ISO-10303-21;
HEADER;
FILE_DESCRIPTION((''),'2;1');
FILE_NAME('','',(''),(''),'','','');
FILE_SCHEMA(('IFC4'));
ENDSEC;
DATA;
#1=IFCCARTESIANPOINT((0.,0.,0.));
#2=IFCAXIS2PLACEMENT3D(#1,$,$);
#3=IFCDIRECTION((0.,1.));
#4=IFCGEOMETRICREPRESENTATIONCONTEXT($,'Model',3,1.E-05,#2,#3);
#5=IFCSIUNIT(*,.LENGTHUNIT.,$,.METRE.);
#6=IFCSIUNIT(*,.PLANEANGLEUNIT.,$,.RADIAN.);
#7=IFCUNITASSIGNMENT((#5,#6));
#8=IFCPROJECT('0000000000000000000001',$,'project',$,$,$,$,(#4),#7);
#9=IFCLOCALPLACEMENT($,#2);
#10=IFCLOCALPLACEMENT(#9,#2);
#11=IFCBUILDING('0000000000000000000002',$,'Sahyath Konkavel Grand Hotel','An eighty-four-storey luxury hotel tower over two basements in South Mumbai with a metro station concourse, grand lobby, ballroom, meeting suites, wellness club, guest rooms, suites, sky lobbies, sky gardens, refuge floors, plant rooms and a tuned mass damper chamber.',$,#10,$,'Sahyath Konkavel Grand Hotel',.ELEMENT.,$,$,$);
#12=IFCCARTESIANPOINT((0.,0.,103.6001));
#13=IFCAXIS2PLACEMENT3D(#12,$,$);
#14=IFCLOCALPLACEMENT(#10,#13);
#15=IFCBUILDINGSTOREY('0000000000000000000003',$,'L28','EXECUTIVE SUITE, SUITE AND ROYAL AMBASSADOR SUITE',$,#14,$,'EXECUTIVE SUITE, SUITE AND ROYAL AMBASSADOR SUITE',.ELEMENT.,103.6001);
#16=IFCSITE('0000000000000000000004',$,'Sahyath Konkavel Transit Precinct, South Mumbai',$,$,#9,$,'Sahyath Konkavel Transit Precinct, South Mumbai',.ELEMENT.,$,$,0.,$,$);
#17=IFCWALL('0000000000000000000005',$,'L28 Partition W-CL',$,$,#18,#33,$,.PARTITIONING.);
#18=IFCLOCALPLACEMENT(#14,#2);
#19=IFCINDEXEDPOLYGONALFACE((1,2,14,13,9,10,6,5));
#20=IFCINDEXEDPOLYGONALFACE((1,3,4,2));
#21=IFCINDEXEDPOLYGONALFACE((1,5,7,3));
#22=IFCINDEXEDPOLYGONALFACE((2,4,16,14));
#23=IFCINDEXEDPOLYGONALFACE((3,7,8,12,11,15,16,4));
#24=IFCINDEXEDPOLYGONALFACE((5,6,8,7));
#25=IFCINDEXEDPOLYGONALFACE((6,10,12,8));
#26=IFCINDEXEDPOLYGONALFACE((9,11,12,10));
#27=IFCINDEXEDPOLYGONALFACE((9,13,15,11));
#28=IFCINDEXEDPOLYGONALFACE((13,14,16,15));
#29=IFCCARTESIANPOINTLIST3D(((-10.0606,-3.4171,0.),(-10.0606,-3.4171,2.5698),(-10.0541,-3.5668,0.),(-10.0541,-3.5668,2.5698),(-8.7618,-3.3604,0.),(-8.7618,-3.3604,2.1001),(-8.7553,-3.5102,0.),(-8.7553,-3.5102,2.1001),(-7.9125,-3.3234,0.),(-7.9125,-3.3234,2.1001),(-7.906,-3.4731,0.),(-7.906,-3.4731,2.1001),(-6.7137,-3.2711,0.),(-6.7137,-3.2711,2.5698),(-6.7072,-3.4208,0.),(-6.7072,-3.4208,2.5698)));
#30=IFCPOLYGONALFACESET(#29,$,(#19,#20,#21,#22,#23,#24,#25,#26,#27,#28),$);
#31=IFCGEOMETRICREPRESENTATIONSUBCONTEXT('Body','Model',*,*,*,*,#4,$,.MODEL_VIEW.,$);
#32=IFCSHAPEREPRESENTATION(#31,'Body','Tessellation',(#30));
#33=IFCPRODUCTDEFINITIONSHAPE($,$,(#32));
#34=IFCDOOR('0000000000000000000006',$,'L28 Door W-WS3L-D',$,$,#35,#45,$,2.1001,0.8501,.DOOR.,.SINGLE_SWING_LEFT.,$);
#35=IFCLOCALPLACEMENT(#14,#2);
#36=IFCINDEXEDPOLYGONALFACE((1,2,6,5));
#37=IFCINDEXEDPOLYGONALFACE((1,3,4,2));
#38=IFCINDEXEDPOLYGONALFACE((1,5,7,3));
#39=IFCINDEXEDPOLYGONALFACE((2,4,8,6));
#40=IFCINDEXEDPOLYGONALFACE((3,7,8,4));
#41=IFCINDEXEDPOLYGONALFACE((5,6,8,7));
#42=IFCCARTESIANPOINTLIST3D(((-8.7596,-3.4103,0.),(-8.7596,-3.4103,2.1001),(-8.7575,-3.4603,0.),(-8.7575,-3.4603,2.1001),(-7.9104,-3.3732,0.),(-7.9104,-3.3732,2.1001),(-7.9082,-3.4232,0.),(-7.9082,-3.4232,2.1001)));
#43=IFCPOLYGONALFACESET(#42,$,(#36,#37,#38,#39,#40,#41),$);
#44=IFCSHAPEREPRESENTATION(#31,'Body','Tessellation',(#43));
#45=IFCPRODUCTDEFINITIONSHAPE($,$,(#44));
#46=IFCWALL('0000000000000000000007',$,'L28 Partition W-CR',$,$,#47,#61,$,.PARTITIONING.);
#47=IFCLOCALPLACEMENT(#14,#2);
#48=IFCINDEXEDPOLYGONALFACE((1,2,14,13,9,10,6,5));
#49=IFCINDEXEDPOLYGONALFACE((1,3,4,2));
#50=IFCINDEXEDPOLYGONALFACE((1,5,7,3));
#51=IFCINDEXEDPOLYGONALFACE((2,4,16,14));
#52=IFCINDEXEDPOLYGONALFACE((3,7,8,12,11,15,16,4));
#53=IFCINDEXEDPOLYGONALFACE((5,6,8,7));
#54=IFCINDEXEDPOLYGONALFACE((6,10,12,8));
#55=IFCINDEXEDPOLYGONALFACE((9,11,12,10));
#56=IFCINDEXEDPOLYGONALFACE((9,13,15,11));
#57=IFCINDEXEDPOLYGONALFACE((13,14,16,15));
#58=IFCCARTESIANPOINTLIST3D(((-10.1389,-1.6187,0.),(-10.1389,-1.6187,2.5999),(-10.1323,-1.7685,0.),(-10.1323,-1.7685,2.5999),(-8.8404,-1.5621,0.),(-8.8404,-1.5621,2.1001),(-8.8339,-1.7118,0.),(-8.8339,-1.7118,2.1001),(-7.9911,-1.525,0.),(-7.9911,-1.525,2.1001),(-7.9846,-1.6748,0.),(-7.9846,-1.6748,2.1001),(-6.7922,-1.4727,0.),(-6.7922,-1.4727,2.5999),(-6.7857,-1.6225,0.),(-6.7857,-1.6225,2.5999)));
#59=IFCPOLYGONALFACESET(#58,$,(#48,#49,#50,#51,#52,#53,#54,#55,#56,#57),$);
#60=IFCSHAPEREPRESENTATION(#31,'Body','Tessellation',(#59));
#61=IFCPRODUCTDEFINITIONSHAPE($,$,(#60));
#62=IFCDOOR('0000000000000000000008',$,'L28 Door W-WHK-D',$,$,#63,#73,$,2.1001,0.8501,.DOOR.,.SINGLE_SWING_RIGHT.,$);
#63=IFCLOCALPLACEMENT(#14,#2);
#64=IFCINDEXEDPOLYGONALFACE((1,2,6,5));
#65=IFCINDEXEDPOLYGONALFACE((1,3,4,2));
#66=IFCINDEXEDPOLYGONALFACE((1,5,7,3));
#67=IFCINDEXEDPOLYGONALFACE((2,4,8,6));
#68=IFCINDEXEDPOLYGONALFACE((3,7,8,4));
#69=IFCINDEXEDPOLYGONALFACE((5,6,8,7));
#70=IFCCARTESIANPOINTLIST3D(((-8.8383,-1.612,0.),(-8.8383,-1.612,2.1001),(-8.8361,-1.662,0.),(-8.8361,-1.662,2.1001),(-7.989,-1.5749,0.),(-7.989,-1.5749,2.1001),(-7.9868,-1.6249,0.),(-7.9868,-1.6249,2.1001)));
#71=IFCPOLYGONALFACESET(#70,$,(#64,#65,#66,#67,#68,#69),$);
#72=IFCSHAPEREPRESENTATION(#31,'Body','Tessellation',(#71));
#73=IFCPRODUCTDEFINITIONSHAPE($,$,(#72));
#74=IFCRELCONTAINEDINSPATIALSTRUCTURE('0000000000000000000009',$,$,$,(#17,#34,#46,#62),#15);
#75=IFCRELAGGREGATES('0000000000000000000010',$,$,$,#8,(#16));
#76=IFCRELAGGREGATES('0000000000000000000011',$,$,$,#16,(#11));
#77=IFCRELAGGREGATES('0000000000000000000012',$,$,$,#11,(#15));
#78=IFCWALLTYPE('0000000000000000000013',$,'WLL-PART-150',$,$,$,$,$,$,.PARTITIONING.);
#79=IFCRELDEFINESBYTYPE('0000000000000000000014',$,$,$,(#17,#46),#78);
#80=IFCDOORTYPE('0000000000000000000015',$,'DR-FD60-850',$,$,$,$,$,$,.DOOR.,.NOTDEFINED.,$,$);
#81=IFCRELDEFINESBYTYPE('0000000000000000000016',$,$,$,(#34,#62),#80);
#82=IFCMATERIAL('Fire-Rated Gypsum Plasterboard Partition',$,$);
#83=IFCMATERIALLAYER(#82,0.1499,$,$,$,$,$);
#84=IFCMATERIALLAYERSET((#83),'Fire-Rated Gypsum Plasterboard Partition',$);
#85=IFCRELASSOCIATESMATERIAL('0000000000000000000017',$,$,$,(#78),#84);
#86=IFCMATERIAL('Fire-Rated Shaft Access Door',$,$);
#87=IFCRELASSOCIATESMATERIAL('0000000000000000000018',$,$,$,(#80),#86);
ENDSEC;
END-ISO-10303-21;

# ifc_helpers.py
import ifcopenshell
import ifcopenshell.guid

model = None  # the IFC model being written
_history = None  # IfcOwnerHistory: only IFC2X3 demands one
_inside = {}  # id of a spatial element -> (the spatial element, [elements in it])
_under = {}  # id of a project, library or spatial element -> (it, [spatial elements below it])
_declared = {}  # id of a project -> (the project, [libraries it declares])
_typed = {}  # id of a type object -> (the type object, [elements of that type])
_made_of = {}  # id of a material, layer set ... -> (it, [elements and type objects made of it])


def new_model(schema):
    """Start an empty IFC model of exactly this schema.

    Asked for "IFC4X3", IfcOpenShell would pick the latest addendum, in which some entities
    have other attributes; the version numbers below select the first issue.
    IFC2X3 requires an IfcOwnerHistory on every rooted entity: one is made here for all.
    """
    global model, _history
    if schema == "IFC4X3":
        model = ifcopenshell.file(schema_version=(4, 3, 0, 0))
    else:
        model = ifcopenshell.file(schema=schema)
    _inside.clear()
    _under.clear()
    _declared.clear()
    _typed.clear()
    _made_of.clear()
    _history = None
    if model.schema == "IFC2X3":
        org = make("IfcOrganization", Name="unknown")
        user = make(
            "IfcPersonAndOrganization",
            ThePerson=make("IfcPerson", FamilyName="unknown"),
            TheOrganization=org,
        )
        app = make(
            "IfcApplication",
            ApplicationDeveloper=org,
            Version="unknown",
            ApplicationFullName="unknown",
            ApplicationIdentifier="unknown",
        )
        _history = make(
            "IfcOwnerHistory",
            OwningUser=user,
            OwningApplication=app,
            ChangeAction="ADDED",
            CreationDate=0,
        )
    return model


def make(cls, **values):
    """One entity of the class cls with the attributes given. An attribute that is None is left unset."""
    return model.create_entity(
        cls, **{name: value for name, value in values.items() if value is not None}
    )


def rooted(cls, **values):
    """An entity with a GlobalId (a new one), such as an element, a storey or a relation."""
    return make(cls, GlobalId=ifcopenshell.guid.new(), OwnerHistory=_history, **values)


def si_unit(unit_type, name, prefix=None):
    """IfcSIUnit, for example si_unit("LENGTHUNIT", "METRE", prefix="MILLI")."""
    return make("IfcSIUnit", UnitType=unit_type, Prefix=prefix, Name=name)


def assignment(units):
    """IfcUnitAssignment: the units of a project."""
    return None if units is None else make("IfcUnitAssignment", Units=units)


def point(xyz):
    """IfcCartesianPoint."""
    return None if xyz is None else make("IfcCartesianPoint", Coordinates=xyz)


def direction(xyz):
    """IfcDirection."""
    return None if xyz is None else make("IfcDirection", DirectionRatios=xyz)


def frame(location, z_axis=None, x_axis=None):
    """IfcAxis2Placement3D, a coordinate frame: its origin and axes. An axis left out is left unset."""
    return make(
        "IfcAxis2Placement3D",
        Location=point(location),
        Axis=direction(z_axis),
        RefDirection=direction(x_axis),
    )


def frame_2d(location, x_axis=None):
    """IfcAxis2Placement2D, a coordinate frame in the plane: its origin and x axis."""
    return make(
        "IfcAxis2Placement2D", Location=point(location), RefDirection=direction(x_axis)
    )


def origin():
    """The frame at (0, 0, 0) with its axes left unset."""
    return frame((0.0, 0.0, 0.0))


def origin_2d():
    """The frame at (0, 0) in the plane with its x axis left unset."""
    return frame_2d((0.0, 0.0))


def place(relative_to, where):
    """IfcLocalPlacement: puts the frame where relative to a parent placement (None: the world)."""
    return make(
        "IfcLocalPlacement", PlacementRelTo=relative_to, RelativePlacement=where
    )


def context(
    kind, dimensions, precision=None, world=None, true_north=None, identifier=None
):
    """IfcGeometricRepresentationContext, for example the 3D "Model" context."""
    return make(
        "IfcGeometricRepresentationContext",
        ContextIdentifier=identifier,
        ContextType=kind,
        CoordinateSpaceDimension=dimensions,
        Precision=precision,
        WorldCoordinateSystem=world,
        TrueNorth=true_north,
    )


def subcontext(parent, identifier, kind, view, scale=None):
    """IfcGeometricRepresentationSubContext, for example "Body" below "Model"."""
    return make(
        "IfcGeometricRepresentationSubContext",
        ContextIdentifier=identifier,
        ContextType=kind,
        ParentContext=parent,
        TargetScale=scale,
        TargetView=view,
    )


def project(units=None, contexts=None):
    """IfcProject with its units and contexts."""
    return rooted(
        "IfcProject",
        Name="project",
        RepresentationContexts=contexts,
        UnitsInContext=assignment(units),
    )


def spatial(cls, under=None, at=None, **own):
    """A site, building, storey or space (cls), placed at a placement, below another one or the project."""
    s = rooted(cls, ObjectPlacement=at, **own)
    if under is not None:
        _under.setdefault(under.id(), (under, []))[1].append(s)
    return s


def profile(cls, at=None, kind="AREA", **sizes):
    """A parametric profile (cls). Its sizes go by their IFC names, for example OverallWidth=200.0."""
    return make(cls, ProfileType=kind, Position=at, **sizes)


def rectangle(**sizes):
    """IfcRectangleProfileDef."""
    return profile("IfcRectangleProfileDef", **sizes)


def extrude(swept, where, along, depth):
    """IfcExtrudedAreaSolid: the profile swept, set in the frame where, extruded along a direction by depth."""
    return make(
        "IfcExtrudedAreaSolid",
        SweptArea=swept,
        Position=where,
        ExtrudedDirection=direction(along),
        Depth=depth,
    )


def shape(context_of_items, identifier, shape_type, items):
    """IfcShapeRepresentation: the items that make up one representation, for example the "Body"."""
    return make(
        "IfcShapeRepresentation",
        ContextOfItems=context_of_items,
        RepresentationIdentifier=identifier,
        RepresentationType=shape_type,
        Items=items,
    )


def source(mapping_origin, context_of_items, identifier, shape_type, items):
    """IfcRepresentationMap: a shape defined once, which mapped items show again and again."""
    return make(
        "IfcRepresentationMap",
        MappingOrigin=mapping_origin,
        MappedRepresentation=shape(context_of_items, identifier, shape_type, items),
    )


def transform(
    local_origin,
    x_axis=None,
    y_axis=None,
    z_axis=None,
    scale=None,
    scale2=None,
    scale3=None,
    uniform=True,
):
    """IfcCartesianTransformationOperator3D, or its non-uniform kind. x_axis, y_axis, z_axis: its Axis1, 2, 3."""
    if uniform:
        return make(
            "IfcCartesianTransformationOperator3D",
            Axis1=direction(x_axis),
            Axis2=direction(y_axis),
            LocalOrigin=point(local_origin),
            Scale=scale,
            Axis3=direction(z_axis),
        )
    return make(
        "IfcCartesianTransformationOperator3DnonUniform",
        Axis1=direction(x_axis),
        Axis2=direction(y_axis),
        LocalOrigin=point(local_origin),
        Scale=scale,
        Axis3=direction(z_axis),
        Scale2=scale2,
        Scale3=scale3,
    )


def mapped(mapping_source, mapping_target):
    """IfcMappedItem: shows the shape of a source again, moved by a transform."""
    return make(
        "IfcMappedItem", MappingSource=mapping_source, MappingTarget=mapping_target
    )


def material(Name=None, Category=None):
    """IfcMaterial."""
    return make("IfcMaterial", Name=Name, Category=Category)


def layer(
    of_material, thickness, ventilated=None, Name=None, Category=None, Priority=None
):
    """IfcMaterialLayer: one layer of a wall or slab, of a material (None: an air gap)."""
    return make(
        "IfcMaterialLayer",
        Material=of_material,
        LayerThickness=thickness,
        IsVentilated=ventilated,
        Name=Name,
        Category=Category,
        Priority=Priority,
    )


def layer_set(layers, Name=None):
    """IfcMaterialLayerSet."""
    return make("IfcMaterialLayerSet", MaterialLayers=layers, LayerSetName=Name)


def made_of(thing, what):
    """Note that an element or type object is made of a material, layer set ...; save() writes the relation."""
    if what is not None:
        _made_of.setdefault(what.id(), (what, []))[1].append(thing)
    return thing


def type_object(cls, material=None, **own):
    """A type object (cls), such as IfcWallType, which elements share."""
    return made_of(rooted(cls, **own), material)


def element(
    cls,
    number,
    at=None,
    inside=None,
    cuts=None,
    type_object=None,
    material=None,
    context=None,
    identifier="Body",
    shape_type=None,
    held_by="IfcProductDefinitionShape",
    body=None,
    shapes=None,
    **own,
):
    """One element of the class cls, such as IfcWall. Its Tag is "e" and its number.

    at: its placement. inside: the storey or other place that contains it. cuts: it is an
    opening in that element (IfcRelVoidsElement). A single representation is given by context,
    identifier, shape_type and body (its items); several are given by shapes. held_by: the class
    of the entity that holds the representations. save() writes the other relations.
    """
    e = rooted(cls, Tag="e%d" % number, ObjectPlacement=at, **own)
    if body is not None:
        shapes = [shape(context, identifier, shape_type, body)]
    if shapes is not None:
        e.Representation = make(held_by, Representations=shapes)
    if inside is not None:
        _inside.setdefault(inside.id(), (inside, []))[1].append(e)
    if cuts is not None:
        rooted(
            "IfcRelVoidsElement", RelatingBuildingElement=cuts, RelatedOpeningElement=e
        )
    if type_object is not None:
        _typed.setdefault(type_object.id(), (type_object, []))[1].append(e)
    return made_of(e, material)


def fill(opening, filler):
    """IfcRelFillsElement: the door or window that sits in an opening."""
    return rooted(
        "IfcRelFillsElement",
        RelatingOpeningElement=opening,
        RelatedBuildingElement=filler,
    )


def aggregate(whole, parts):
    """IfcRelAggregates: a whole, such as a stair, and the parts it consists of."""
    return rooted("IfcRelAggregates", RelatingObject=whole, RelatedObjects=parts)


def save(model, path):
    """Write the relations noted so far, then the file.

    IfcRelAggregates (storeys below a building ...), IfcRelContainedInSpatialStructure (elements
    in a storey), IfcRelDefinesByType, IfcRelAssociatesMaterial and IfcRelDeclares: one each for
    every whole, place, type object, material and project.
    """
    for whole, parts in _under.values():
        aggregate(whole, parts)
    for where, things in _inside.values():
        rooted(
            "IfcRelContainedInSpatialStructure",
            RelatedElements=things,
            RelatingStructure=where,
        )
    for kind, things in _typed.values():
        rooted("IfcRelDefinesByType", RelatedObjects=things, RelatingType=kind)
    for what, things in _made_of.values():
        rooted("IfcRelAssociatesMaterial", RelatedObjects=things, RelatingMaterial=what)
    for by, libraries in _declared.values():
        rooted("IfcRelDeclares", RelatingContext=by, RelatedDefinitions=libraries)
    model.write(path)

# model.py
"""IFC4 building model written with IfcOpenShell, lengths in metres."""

from ifc_helpers import new_model, si_unit, direction, frame, frame_2d, origin, origin_2d, place, context, subcontext, project, spatial, rectangle, extrude, source, transform, mapped, material, layer, layer_set, type_object, element, fill, save


model = new_model("IFC4")

# Units and contexts
model_context = context("Model", 3, precision=1e-05, world=origin(), true_north=direction((0.0, 1.0)))
body_context = subcontext(model_context, "Body", "Model", "MODEL_VIEW")
ifc_project = project(units=[si_unit("LENGTHUNIT", "METRE"), si_unit("PLANEANGLEUNIT", "RADIAN")], contexts=[model_context])

# Site, building, storey
site_placement = place(None, origin())
site = spatial("IfcSite", under=ifc_project, at=site_placement, Name="Sahyath Konkavel Transit Precinct, South Mumbai", LongName="Sahyath Konkavel Transit Precinct, South Mumbai", CompositionType="ELEMENT", RefElevation=0.0)
building_placement = place(site_placement, origin())
building = spatial("IfcBuilding", under=site, at=building_placement, Name="Sahyath Konkavel Grand Hotel", Description="An eighty-four-storey luxury hotel tower over two basements in South Mumbai with a metro station concourse, grand lobby, ballroom, meeting suites, wellness club, guest rooms, suites, sky lobbies, sky gardens, refuge floors, plant rooms and a tuned mass damper chamber.", LongName="Sahyath Konkavel Grand Hotel", CompositionType="ELEMENT")
storey_placement = place(building_placement, frame((0.0, 0.0, 103.6001)))
storey = spatial("IfcBuildingStorey", under=building, at=storey_placement, Name="L28", Description="EXECUTIVE SUITE, SUITE AND ROYAL AMBASSADOR SUITE", LongName="EXECUTIVE SUITE, SUITE AND ROYAL AMBASSADOR SUITE", CompositionType="ELEMENT", Elevation=103.6001)

# Shared definitions
ifc_material_1 = material(Name="Fire-Rated Gypsum Plasterboard Partition")
ifc_layer_1 = layer(ifc_material_1, 0.1499)
ifc_layer_set_1 = layer_set([ifc_layer_1], Name="Fire-Rated Gypsum Plasterboard Partition")
wall_type_1 = type_object("IfcWallType", Name="WLL-PART-150", PredefinedType="PARTITIONING", material=ifc_layer_set_1)

# Walls, openings, doors
wall_1_placement = place(storey_placement, frame((-6.7104, -3.3459, 0.0), z_axis=(0.0, 0.0, 1.0), x_axis=(-0.99905, -0.04358, 0.0)))
wall_1 = element("IfcWall", 1, at=wall_1_placement, inside=storey, type_object=wall_type_1, Name="L28 Partition W-CL", PredefinedType="PARTITIONING", context=body_context, shape_type="SweptSolid", body=[
    extrude(rectangle(XDim=3.3501, YDim=0.1499, at=frame_2d((1.675, 0.0))), origin(), (0.0, 0.0, 1.0), 2.5698),
])
opening_1_placement = place(wall_1_placement, frame((1.2, 0.0, 0.0)))
opening_1 = element("IfcOpeningElement", 2, at=opening_1_placement, cuts=wall_1, PredefinedType="OPENING", context=body_context, shape_type="SweptSolid", body=[
    extrude(rectangle(XDim=0.8501, YDim=2.1001, at=frame_2d((0.425, 1.05))), frame((0.0, 0.085, 0.0), z_axis=(0.0, -1.0, 0.0), x_axis=(1.0, 0.0, 0.0)), (0.0, 0.0, 1.0), 0.1699),
])
ifc_material_2 = material(Name="Fire-Rated Shaft Access Door")
door_type_1 = type_object("IfcDoorType", Name="DR-FD60-850", OperationType="NOTDEFINED", PredefinedType="DOOR", material=ifc_material_2)
shared_shape_1 = source(origin(), body_context, "Body", "SweptSolid", [
    extrude(rectangle(XDim=0.8501, YDim=0.05, at=origin_2d()), origin(), (0.0, 0.0, 1.0), 2.1001),
])
door_1_placement = place(opening_1_placement, frame((0.425, 0.0, 0.0)))
door_1 = element("IfcDoor", 3, at=door_1_placement, inside=storey, type_object=door_type_1, Name="L28 Door W-WS3L-D", OperationType="SINGLE_SWING_LEFT", OverallHeight=2.1001, OverallWidth=0.8501, PredefinedType="DOOR", context=body_context, shape_type="MappedRepresentation", body=[
    mapped(shared_shape_1, transform((0.0, 0.0, 0.0), scale=1.0)),
])
fill(opening_1, door_1)
wall_2_placement = place(storey_placement, frame((-6.7891, -1.5476, 0.0), z_axis=(0.0, 0.0, 1.0), x_axis=(-0.99905, -0.043583, 0.0)))
wall_2 = element("IfcWall", 4, at=wall_2_placement, inside=storey, type_object=wall_type_1, Name="L28 Partition W-CR", PredefinedType="PARTITIONING", context=body_context, shape_type="SweptSolid", body=[
    extrude(rectangle(XDim=3.3499, YDim=0.1499, at=frame_2d((1.6748, 0.0))), origin(), (0.0, 0.0, 1.0), 2.5999),
])
opening_2_placement = place(wall_2_placement, frame((1.2, 0.0, 0.0)))
opening_2 = element("IfcOpeningElement", 5, at=opening_2_placement, cuts=wall_2, PredefinedType="OPENING", context=body_context, shape_type="SweptSolid", body=[
    extrude(rectangle(XDim=0.8501, YDim=2.1001, at=frame_2d((0.425, 1.05))), frame((0.0, 0.085, 0.0), z_axis=(0.0, -1.0, 0.0), x_axis=(1.0, 0.0, 0.0)), (0.0, 0.0, 1.0), 0.1699),
])
door_2_placement = place(opening_2_placement, frame((0.425, 0.0, 0.0)))
door_2 = element("IfcDoor", 6, at=door_2_placement, inside=storey, type_object=door_type_1, Name="L28 Door W-WHK-D", OperationType="SINGLE_SWING_RIGHT", OverallHeight=2.1001, OverallWidth=0.8501, PredefinedType="DOOR", context=body_context, shape_type="MappedRepresentation", body=[
    mapped(shared_shape_1, transform((0.0, 0.0, 0.0), scale=1.0)),
])
fill(opening_2, door_2)

save(model, "model.ifc")
